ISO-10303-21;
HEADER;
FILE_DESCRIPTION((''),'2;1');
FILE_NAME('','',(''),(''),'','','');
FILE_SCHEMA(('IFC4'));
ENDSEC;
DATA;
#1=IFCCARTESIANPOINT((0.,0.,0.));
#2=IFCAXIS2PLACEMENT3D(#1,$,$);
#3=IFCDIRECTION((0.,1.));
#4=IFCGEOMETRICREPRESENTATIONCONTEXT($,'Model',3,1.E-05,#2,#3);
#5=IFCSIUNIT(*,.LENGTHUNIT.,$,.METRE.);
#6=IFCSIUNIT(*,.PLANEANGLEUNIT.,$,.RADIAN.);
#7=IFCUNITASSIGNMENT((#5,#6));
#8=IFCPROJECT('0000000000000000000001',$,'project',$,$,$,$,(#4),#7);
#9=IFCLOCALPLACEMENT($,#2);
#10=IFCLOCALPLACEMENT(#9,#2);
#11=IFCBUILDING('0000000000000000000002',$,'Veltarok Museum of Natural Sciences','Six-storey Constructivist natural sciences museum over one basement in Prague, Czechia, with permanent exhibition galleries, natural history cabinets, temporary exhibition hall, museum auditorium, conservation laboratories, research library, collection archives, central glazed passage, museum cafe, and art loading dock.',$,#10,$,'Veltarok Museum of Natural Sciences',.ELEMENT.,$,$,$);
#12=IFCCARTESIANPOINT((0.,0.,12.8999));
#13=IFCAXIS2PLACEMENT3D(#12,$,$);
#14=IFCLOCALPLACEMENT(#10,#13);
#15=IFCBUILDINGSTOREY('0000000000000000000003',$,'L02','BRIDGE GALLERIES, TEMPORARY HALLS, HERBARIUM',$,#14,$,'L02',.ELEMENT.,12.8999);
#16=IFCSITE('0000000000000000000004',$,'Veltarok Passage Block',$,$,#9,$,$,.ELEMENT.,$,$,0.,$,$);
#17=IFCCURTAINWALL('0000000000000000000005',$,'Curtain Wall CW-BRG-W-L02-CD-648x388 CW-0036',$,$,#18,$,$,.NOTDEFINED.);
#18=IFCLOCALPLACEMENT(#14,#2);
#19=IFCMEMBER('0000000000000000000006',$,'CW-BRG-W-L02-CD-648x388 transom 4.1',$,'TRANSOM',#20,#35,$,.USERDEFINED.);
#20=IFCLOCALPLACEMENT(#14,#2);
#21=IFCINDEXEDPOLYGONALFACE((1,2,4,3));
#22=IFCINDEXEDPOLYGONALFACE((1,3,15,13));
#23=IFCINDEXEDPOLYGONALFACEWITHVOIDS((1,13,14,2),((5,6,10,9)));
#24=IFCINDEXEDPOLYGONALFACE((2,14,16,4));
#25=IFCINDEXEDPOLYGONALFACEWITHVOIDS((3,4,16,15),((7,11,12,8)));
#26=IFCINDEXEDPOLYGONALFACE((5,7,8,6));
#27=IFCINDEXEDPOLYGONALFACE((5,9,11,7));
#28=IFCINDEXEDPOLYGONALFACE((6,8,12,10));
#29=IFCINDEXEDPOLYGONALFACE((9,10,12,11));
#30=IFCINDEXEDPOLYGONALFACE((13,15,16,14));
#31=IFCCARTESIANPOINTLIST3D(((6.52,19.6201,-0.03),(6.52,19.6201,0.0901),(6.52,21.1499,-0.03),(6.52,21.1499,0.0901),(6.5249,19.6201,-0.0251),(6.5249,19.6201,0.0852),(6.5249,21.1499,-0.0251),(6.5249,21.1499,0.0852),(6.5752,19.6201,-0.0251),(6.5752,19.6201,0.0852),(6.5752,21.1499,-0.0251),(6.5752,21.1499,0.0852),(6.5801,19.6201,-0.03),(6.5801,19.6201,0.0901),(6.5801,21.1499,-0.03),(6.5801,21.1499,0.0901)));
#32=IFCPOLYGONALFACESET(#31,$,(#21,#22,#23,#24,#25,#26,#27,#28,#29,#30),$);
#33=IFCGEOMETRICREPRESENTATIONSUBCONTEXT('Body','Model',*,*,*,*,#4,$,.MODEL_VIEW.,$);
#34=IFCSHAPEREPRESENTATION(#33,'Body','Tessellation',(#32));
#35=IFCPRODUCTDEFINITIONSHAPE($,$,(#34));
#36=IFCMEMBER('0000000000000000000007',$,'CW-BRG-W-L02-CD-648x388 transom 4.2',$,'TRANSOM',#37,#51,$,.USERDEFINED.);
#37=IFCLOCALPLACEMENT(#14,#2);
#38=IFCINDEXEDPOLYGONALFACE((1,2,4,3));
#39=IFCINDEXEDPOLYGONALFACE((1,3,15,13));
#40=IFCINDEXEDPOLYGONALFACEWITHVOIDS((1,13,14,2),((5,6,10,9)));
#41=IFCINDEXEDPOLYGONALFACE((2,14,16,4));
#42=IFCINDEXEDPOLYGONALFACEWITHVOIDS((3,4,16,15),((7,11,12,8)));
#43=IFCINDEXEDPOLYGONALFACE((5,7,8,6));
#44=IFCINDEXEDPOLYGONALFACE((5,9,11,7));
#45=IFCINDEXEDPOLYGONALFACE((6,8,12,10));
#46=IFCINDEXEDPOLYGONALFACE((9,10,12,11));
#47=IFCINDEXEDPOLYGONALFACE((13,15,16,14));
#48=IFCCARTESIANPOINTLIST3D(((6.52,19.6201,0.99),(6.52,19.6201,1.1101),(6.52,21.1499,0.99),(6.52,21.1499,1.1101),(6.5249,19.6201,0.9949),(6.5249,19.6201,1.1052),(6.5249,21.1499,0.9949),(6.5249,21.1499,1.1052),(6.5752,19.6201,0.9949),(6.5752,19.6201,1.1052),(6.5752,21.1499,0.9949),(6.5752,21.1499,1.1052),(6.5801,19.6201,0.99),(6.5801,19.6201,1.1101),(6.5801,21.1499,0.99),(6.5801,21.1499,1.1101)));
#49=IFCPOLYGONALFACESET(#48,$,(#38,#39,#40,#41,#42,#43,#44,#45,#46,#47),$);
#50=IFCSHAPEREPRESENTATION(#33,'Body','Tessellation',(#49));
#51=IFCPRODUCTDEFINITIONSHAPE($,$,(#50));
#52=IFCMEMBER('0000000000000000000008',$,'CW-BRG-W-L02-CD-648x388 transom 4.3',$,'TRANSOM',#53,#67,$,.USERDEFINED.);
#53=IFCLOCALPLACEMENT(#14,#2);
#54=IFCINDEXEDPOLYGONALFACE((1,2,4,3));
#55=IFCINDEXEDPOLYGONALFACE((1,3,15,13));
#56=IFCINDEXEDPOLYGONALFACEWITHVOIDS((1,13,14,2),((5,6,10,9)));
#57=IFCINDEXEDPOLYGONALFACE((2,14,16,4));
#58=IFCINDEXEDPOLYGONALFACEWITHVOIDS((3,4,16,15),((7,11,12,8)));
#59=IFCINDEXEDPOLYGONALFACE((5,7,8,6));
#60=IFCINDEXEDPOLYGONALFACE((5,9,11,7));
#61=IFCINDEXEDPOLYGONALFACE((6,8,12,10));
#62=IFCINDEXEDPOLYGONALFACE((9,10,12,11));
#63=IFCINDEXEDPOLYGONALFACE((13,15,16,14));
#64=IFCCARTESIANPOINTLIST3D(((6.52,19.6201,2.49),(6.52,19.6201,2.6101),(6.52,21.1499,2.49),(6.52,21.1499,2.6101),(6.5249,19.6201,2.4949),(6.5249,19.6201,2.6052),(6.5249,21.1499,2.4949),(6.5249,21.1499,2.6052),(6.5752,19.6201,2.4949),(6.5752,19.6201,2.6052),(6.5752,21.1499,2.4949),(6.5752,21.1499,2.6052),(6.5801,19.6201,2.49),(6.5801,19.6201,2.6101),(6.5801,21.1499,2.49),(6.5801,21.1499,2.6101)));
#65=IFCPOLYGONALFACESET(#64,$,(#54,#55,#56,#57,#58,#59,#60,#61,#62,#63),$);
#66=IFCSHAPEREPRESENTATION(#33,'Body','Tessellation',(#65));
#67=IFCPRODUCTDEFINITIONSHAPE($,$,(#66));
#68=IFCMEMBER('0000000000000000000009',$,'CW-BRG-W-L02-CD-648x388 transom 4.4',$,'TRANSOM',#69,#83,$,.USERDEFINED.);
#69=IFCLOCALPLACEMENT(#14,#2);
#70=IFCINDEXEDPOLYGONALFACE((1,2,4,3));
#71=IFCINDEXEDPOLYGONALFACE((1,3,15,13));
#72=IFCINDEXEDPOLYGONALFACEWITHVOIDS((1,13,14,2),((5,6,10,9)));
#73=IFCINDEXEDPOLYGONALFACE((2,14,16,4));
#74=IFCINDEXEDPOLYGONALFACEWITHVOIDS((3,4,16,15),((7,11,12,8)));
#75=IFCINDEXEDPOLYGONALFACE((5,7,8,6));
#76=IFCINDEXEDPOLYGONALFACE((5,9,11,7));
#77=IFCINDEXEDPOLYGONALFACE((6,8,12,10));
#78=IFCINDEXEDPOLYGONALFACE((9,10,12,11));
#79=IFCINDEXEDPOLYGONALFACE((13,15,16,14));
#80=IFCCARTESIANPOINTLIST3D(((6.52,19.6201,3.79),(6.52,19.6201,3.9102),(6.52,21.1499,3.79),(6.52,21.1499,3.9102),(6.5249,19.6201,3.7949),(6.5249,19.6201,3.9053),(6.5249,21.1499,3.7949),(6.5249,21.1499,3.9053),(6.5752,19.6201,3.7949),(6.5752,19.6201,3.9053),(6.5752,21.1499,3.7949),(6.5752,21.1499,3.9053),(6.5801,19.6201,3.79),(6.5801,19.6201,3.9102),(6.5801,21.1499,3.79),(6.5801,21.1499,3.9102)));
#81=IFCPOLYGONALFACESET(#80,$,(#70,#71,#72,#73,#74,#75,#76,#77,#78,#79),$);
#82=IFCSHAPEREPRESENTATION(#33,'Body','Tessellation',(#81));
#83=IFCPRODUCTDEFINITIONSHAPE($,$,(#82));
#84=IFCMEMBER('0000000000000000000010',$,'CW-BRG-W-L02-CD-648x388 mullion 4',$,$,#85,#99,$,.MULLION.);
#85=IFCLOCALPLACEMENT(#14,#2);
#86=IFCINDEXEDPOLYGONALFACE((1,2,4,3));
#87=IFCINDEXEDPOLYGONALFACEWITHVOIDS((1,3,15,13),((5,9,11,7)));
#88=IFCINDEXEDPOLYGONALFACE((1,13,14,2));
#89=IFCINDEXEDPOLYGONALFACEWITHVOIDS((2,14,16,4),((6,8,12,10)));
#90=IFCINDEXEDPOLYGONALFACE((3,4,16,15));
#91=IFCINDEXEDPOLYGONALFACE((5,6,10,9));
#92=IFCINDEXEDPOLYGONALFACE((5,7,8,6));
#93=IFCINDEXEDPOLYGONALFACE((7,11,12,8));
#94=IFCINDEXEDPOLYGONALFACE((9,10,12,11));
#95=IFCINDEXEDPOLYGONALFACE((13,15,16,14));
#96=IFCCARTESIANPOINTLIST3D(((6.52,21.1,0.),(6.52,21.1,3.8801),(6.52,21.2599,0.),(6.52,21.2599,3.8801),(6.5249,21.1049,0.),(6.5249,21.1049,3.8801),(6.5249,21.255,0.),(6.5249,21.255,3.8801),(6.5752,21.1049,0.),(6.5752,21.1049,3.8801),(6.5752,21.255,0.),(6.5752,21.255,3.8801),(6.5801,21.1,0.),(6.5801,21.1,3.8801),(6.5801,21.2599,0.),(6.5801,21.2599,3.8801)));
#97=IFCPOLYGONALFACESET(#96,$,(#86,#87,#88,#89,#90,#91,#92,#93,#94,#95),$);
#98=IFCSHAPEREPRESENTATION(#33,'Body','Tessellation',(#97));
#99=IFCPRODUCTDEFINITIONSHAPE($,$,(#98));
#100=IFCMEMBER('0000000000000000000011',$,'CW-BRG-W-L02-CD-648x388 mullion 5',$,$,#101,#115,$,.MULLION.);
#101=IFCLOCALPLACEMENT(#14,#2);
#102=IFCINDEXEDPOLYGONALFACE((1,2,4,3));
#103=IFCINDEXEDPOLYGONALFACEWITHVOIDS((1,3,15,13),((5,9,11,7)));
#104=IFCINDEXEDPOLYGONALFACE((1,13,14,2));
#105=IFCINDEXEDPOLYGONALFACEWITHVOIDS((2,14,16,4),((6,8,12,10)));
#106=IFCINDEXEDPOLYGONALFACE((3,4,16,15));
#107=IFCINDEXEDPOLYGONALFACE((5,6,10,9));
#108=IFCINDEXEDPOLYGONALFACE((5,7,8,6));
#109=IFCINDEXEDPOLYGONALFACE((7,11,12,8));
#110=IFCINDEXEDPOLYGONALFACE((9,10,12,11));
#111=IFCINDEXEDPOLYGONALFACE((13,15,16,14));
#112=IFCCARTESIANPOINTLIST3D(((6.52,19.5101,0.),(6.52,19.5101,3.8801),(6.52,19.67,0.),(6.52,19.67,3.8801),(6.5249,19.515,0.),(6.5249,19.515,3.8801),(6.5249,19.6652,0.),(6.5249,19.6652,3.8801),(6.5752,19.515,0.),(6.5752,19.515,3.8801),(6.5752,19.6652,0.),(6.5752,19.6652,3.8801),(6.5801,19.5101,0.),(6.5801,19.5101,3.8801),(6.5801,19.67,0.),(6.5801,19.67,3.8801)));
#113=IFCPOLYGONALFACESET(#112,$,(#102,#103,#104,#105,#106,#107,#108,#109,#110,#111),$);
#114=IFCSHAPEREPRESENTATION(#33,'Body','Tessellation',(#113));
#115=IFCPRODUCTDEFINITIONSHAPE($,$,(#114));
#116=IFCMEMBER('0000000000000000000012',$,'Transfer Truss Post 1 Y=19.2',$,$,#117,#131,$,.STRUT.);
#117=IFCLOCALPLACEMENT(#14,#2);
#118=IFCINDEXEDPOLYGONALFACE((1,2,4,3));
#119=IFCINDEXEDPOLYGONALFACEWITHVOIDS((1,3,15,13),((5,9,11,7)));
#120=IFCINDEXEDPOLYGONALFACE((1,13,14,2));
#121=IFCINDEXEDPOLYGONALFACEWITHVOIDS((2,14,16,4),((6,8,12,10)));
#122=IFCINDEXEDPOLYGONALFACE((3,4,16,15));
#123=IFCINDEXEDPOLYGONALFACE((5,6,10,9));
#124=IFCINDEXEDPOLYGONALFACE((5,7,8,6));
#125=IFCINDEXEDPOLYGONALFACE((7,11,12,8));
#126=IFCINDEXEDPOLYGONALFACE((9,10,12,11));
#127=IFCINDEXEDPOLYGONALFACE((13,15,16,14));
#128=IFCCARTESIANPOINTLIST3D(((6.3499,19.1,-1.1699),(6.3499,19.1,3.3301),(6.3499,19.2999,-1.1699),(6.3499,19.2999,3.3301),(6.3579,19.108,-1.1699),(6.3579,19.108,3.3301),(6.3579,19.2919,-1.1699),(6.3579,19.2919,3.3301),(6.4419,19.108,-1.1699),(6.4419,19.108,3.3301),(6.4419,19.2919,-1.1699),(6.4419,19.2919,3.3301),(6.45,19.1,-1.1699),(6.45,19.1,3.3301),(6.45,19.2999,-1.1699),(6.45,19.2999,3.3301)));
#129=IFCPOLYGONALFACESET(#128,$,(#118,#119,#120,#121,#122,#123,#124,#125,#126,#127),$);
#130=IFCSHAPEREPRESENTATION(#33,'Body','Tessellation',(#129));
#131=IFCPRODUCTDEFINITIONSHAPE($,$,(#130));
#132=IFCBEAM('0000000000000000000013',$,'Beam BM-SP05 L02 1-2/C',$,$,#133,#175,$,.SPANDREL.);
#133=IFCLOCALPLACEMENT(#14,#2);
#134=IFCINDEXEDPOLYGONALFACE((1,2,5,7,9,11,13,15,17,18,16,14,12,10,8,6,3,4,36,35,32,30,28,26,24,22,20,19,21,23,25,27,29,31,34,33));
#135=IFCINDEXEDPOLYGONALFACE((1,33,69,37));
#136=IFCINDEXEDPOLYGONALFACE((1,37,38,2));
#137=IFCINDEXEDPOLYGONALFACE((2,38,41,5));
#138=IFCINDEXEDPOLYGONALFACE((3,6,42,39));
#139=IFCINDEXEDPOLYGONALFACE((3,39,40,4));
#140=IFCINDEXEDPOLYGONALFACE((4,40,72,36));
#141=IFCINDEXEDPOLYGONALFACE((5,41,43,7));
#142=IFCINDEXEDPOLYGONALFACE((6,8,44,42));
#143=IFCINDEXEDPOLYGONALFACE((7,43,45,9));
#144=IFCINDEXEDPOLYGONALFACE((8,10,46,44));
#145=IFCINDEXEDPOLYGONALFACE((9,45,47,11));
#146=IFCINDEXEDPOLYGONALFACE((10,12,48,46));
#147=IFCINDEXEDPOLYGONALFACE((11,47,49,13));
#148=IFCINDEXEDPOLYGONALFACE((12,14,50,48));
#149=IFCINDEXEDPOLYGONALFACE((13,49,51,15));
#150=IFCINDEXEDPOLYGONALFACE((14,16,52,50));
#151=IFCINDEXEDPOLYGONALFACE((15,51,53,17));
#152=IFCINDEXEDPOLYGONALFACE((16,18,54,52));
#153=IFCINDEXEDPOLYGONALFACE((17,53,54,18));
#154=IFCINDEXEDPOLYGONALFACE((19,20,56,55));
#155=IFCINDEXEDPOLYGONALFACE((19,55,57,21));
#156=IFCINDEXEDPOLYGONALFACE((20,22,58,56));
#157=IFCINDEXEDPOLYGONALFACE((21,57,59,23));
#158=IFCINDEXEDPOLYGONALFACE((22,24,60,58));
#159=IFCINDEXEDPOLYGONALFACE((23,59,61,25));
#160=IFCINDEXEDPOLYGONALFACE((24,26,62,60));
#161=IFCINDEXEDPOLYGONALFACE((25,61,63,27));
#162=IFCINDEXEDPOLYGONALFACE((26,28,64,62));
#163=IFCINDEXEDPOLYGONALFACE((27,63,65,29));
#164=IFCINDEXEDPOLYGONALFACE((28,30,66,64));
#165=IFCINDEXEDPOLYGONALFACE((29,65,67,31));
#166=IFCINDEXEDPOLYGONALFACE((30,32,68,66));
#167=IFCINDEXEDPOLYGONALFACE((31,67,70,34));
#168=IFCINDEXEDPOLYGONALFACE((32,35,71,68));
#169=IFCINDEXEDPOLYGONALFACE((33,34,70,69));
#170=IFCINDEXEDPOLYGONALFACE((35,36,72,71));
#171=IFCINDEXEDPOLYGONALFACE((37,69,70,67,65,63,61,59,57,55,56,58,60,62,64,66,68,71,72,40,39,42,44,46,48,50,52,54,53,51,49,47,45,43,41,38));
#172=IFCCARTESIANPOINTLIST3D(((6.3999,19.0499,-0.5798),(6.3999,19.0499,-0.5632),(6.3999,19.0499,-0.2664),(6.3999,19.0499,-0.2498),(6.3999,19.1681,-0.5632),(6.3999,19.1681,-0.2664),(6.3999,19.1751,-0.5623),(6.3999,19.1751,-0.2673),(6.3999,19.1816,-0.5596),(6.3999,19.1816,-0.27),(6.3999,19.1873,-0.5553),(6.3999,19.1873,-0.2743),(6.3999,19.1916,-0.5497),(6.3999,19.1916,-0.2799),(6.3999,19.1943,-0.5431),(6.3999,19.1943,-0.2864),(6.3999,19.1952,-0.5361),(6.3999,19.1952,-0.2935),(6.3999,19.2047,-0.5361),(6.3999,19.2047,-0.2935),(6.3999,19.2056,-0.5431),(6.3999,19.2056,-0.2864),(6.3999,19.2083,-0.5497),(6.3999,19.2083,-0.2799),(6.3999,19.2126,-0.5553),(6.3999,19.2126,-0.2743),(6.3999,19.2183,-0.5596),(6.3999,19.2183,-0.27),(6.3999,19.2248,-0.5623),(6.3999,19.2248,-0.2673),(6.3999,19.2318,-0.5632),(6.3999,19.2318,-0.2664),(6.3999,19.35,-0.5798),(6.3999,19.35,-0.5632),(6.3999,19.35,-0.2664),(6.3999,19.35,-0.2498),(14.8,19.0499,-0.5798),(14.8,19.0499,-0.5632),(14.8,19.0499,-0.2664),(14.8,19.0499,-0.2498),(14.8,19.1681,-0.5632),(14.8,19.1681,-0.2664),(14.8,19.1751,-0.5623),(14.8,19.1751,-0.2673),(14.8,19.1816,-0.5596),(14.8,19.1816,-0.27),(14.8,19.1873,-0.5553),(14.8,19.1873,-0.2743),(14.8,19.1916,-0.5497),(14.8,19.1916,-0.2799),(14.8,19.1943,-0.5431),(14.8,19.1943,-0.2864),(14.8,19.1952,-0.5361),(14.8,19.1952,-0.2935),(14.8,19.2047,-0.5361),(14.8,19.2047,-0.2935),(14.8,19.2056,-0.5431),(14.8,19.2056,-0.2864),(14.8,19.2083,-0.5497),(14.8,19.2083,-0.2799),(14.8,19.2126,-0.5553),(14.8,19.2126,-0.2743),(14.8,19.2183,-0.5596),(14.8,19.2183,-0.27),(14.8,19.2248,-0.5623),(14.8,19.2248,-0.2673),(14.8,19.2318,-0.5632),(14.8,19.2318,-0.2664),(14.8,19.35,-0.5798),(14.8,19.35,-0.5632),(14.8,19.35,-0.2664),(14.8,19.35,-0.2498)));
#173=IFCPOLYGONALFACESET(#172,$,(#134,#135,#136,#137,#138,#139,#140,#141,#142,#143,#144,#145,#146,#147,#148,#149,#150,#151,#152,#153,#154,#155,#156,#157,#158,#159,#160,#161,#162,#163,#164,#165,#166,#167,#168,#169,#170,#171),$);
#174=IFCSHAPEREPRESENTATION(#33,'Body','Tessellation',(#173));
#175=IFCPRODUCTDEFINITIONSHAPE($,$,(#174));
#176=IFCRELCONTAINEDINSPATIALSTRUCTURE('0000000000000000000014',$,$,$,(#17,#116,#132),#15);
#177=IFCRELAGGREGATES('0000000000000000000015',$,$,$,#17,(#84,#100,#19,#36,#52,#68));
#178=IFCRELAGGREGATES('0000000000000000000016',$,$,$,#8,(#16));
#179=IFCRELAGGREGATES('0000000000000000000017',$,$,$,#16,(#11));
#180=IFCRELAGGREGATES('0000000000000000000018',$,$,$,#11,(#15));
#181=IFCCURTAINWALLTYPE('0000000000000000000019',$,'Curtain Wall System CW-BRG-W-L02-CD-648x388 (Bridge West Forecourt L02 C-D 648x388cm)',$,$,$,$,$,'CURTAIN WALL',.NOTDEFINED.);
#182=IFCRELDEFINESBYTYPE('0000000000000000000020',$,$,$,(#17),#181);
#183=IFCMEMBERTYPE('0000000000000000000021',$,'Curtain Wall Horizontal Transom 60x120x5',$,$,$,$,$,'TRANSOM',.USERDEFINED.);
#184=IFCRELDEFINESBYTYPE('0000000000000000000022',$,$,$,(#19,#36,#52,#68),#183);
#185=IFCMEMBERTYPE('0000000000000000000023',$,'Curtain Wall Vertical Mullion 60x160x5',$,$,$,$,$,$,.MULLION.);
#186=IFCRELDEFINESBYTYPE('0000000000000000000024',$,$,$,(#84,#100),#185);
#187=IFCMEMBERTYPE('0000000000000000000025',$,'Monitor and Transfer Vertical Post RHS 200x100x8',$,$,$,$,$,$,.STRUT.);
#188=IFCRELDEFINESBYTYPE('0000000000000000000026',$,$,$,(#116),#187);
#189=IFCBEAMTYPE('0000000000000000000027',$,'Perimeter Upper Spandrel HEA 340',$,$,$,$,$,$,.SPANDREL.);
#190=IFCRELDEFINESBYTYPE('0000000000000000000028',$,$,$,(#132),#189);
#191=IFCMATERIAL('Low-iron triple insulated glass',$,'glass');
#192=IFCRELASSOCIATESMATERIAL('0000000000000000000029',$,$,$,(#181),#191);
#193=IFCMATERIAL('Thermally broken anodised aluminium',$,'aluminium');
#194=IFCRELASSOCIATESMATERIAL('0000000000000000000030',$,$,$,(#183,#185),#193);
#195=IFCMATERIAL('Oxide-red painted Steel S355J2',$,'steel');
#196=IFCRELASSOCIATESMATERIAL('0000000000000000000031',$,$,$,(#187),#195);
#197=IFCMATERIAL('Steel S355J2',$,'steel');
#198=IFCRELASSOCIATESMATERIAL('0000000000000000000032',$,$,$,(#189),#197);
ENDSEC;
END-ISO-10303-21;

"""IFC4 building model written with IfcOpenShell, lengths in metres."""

from ifc_helpers import new_model, si_unit, direction, frame, origin, origin_2d, place, context, subcontext, project, spatial, hollow_rectangle, i_section, extrude, material, material_profile, profile_set, type_object, element, aggregate, save


model = new_model("IFC4")

# Units and contexts
model_context = context("Model", 3, precision=1e-05, world=origin(), true_north=direction((0.0, 1.0)))
body_context = subcontext(model_context, "Body", "Model", "MODEL_VIEW")
ifc_project = project(units=[si_unit("LENGTHUNIT", "METRE"), si_unit("PLANEANGLEUNIT", "RADIAN")], contexts=[model_context])

# Site, building, storey
site_placement = place(None, origin())
site = spatial("IfcSite", under=ifc_project, at=site_placement, Name="Veltarok Passage Block", CompositionType="ELEMENT", RefElevation=0.0)
building_placement = place(site_placement, origin())
building = spatial("IfcBuilding", under=site, at=building_placement, Name="Veltarok Museum of Natural Sciences", Description="Six-storey Constructivist natural sciences museum over one basement in Prague, Czechia, with permanent exhibition galleries, natural history cabinets, temporary exhibition hall, museum auditorium, conservation laboratories, research library, collection archives, central glazed passage, museum cafe, and art loading dock.", LongName="Veltarok Museum of Natural Sciences", CompositionType="ELEMENT")
storey_placement = place(building_placement, frame((0.0, 0.0, 12.8999)))
storey = spatial("IfcBuildingStorey", under=building, at=storey_placement, Name="L02", Description="BRIDGE GALLERIES, TEMPORARY HALLS, HERBARIUM", LongName="L02", CompositionType="ELEMENT", Elevation=12.8999)

# Shared definitions
ifc_material_1 = material(Name="Steel S355J2", Category="steel")

# Curtain wall, members
ifc_material_2 = material(Name="Low-iron triple insulated glass", Category="glass")
curtain_wall_type = type_object("IfcCurtainWallType", Name="Curtain Wall System CW-BRG-W-L02-CD-648x388 (Bridge West Forecourt L02 C-D 648x388cm)", ElementType="CURTAIN WALL", PredefinedType="NOTDEFINED", material=ifc_material_2)
curtain_wall_placement = place(storey_placement, origin())
curtain_wall = element("IfcCurtainWall", 1, at=curtain_wall_placement, inside=storey, type_object=curtain_wall_type, Name="Curtain Wall CW-BRG-W-L02-CD-648x388 CW-0036", PredefinedType="NOTDEFINED")
ifc_material_3 = material(Name="Thermally broken anodised aluminium", Category="aluminium")
ifc_material_profile_1 = material_profile(ifc_material_3, hollow_rectangle(XDim=0.0601, YDim=0.1201, WallThickness=0.0049, at=origin_2d()), Name="CW TRANSOM 60x120x5")
ifc_profile_set_1 = profile_set([ifc_material_profile_1], Name="Thermally broken anodised aluminium")
member_type_1 = type_object("IfcMemberType", Name="Curtain Wall Horizontal Transom 60x120x5", ElementType="TRANSOM", PredefinedType="USERDEFINED", material=ifc_profile_set_1)
member_1_placement = place(storey_placement, frame((6.55, 21.1499, 0.03), z_axis=(0.0, -1.0, 0.0), x_axis=(1.0, 0.0, 0.0)))
member_1 = element("IfcMember", 2, at=member_1_placement, type_object=member_type_1, Name="CW-BRG-W-L02-CD-648x388 transom 4.1", ObjectType="TRANSOM", PredefinedType="USERDEFINED", context=body_context, shape_type="SweptSolid", body=[
    extrude(hollow_rectangle(XDim=0.0601, YDim=0.1201, WallThickness=0.0049, at=origin_2d()), origin(), (0.0, 0.0, 1.0), 1.5298),
])
member_2_placement = place(storey_placement, frame((6.55, 21.1499, 1.05), z_axis=(0.0, -1.0, 0.0), x_axis=(1.0, 0.0, 0.0)))
member_2 = element("IfcMember", 3, at=member_2_placement, type_object=member_type_1, Name="CW-BRG-W-L02-CD-648x388 transom 4.2", ObjectType="TRANSOM", PredefinedType="USERDEFINED", context=body_context, shape_type="SweptSolid", body=[
    extrude(hollow_rectangle(XDim=0.0601, YDim=0.1201, WallThickness=0.0049, at=origin_2d()), origin(), (0.0, 0.0, 1.0), 1.5298),
])
member_3_placement = place(storey_placement, frame((6.55, 21.1499, 2.55), z_axis=(0.0, -1.0, 0.0), x_axis=(1.0, 0.0, 0.0)))
member_3 = element("IfcMember", 4, at=member_3_placement, type_object=member_type_1, Name="CW-BRG-W-L02-CD-648x388 transom 4.3", ObjectType="TRANSOM", PredefinedType="USERDEFINED", context=body_context, shape_type="SweptSolid", body=[
    extrude(hollow_rectangle(XDim=0.0601, YDim=0.1201, WallThickness=0.0049, at=origin_2d()), origin(), (0.0, 0.0, 1.0), 1.5298),
])
member_4_placement = place(storey_placement, frame((6.55, 21.1499, 3.8501), z_axis=(0.0, -1.0, 0.0), x_axis=(1.0, 0.0, 0.0)))
member_4 = element("IfcMember", 5, at=member_4_placement, type_object=member_type_1, Name="CW-BRG-W-L02-CD-648x388 transom 4.4", ObjectType="TRANSOM", PredefinedType="USERDEFINED", context=body_context, shape_type="SweptSolid", body=[
    extrude(hollow_rectangle(XDim=0.0601, YDim=0.1201, WallThickness=0.0049, at=origin_2d()), origin(), (0.0, 0.0, 1.0), 1.5298),
])
ifc_material_profile_2 = material_profile(ifc_material_3, hollow_rectangle(XDim=0.0601, YDim=0.1599, WallThickness=0.0049, at=origin_2d()), Name="CW MULLION 60x160x5")
ifc_profile_set_2 = profile_set([ifc_material_profile_2], Name="Thermally broken anodised aluminium")
member_type_2 = type_object("IfcMemberType", Name="Curtain Wall Vertical Mullion 60x160x5", PredefinedType="MULLION", material=ifc_profile_set_2)
member_5_placement = place(storey_placement, frame((6.55, 21.1799, 0.0), z_axis=(0.0, 0.0, 1.0), x_axis=(1.0, 0.0, 0.0)))
member_5 = element("IfcMember", 6, at=member_5_placement, type_object=member_type_2, Name="CW-BRG-W-L02-CD-648x388 mullion 4", PredefinedType="MULLION", context=body_context, shape_type="SweptSolid", body=[
    extrude(hollow_rectangle(XDim=0.0601, YDim=0.1599, WallThickness=0.0049, at=origin_2d()), origin(), (0.0, 0.0, 1.0), 3.8801),
])
member_6_placement = place(storey_placement, frame((6.55, 19.5901, 0.0), z_axis=(0.0, 0.0, 1.0), x_axis=(1.0, 0.0, 0.0)))
member_6 = element("IfcMember", 7, at=member_6_placement, type_object=member_type_2, Name="CW-BRG-W-L02-CD-648x388 mullion 5", PredefinedType="MULLION", context=body_context, shape_type="SweptSolid", body=[
    extrude(hollow_rectangle(XDim=0.0601, YDim=0.1599, WallThickness=0.0049, at=origin_2d()), origin(), (0.0, 0.0, 1.0), 3.8801),
])

# Member
ifc_material_4 = material(Name="Oxide-red painted Steel S355J2", Category="steel")
ifc_material_profile_3 = material_profile(ifc_material_4, hollow_rectangle(XDim=0.1001, YDim=0.2, WallThickness=0.0081, at=origin_2d()), Name="RHS 200x100x8")
ifc_profile_set_3 = profile_set([ifc_material_profile_3], Name="Oxide-red painted Steel S355J2")
member_type_3 = type_object("IfcMemberType", Name="Monitor and Transfer Vertical Post RHS 200x100x8", PredefinedType="STRUT", material=ifc_profile_set_3)
member_7_placement = place(storey_placement, frame((6.3999, 19.2, -1.1699), z_axis=(0.0, 0.0, 1.0), x_axis=(1.0, 0.0, 0.0)))
element("IfcMember", 8, at=member_7_placement, inside=storey, type_object=member_type_3, Name="Transfer Truss Post 1 Y=19.2", PredefinedType="STRUT", context=body_context, shape_type="SweptSolid", body=[
    extrude(hollow_rectangle(XDim=0.1001, YDim=0.2, WallThickness=0.0081, at=origin_2d()), origin(), (0.0, 0.0, 1.0), 4.5),
])

# Beam
ifc_material_profile_4 = material_profile(ifc_material_1, i_section(OverallWidth=0.3, OverallDepth=0.3301, WebThickness=0.0095, FlangeThickness=0.0166, FilletRadius=0.0271, at=origin_2d()), Name="HEA 340")
ifc_profile_set_4 = profile_set([ifc_material_profile_4], Name="Steel S355J2")
beam_type_1 = type_object("IfcBeamType", Name="Perimeter Upper Spandrel HEA 340", PredefinedType="SPANDREL", material=ifc_profile_set_4)
beam_1_placement = place(storey_placement, frame((6.3999, 19.2, -0.4148), z_axis=(1.0, 0.0, 0.0), x_axis=(0.0, 1.0, 0.0)))
element("IfcBeam", 9, at=beam_1_placement, inside=storey, type_object=beam_type_1, Name="Beam BM-SP05 L02 1-2/C", PredefinedType="SPANDREL", context=body_context, shape_type="SweptSolid", body=[
    extrude(i_section(OverallWidth=0.3, OverallDepth=0.3301, WebThickness=0.0095, FlangeThickness=0.0166, FilletRadius=0.0271, at=origin_2d()), origin(), (0.0, 0.0, 1.0), 8.4001),
])

aggregate(curtain_wall, [member_5, member_6, member_1, member_2, member_3, member_4])

save(model, "model.ifc")
